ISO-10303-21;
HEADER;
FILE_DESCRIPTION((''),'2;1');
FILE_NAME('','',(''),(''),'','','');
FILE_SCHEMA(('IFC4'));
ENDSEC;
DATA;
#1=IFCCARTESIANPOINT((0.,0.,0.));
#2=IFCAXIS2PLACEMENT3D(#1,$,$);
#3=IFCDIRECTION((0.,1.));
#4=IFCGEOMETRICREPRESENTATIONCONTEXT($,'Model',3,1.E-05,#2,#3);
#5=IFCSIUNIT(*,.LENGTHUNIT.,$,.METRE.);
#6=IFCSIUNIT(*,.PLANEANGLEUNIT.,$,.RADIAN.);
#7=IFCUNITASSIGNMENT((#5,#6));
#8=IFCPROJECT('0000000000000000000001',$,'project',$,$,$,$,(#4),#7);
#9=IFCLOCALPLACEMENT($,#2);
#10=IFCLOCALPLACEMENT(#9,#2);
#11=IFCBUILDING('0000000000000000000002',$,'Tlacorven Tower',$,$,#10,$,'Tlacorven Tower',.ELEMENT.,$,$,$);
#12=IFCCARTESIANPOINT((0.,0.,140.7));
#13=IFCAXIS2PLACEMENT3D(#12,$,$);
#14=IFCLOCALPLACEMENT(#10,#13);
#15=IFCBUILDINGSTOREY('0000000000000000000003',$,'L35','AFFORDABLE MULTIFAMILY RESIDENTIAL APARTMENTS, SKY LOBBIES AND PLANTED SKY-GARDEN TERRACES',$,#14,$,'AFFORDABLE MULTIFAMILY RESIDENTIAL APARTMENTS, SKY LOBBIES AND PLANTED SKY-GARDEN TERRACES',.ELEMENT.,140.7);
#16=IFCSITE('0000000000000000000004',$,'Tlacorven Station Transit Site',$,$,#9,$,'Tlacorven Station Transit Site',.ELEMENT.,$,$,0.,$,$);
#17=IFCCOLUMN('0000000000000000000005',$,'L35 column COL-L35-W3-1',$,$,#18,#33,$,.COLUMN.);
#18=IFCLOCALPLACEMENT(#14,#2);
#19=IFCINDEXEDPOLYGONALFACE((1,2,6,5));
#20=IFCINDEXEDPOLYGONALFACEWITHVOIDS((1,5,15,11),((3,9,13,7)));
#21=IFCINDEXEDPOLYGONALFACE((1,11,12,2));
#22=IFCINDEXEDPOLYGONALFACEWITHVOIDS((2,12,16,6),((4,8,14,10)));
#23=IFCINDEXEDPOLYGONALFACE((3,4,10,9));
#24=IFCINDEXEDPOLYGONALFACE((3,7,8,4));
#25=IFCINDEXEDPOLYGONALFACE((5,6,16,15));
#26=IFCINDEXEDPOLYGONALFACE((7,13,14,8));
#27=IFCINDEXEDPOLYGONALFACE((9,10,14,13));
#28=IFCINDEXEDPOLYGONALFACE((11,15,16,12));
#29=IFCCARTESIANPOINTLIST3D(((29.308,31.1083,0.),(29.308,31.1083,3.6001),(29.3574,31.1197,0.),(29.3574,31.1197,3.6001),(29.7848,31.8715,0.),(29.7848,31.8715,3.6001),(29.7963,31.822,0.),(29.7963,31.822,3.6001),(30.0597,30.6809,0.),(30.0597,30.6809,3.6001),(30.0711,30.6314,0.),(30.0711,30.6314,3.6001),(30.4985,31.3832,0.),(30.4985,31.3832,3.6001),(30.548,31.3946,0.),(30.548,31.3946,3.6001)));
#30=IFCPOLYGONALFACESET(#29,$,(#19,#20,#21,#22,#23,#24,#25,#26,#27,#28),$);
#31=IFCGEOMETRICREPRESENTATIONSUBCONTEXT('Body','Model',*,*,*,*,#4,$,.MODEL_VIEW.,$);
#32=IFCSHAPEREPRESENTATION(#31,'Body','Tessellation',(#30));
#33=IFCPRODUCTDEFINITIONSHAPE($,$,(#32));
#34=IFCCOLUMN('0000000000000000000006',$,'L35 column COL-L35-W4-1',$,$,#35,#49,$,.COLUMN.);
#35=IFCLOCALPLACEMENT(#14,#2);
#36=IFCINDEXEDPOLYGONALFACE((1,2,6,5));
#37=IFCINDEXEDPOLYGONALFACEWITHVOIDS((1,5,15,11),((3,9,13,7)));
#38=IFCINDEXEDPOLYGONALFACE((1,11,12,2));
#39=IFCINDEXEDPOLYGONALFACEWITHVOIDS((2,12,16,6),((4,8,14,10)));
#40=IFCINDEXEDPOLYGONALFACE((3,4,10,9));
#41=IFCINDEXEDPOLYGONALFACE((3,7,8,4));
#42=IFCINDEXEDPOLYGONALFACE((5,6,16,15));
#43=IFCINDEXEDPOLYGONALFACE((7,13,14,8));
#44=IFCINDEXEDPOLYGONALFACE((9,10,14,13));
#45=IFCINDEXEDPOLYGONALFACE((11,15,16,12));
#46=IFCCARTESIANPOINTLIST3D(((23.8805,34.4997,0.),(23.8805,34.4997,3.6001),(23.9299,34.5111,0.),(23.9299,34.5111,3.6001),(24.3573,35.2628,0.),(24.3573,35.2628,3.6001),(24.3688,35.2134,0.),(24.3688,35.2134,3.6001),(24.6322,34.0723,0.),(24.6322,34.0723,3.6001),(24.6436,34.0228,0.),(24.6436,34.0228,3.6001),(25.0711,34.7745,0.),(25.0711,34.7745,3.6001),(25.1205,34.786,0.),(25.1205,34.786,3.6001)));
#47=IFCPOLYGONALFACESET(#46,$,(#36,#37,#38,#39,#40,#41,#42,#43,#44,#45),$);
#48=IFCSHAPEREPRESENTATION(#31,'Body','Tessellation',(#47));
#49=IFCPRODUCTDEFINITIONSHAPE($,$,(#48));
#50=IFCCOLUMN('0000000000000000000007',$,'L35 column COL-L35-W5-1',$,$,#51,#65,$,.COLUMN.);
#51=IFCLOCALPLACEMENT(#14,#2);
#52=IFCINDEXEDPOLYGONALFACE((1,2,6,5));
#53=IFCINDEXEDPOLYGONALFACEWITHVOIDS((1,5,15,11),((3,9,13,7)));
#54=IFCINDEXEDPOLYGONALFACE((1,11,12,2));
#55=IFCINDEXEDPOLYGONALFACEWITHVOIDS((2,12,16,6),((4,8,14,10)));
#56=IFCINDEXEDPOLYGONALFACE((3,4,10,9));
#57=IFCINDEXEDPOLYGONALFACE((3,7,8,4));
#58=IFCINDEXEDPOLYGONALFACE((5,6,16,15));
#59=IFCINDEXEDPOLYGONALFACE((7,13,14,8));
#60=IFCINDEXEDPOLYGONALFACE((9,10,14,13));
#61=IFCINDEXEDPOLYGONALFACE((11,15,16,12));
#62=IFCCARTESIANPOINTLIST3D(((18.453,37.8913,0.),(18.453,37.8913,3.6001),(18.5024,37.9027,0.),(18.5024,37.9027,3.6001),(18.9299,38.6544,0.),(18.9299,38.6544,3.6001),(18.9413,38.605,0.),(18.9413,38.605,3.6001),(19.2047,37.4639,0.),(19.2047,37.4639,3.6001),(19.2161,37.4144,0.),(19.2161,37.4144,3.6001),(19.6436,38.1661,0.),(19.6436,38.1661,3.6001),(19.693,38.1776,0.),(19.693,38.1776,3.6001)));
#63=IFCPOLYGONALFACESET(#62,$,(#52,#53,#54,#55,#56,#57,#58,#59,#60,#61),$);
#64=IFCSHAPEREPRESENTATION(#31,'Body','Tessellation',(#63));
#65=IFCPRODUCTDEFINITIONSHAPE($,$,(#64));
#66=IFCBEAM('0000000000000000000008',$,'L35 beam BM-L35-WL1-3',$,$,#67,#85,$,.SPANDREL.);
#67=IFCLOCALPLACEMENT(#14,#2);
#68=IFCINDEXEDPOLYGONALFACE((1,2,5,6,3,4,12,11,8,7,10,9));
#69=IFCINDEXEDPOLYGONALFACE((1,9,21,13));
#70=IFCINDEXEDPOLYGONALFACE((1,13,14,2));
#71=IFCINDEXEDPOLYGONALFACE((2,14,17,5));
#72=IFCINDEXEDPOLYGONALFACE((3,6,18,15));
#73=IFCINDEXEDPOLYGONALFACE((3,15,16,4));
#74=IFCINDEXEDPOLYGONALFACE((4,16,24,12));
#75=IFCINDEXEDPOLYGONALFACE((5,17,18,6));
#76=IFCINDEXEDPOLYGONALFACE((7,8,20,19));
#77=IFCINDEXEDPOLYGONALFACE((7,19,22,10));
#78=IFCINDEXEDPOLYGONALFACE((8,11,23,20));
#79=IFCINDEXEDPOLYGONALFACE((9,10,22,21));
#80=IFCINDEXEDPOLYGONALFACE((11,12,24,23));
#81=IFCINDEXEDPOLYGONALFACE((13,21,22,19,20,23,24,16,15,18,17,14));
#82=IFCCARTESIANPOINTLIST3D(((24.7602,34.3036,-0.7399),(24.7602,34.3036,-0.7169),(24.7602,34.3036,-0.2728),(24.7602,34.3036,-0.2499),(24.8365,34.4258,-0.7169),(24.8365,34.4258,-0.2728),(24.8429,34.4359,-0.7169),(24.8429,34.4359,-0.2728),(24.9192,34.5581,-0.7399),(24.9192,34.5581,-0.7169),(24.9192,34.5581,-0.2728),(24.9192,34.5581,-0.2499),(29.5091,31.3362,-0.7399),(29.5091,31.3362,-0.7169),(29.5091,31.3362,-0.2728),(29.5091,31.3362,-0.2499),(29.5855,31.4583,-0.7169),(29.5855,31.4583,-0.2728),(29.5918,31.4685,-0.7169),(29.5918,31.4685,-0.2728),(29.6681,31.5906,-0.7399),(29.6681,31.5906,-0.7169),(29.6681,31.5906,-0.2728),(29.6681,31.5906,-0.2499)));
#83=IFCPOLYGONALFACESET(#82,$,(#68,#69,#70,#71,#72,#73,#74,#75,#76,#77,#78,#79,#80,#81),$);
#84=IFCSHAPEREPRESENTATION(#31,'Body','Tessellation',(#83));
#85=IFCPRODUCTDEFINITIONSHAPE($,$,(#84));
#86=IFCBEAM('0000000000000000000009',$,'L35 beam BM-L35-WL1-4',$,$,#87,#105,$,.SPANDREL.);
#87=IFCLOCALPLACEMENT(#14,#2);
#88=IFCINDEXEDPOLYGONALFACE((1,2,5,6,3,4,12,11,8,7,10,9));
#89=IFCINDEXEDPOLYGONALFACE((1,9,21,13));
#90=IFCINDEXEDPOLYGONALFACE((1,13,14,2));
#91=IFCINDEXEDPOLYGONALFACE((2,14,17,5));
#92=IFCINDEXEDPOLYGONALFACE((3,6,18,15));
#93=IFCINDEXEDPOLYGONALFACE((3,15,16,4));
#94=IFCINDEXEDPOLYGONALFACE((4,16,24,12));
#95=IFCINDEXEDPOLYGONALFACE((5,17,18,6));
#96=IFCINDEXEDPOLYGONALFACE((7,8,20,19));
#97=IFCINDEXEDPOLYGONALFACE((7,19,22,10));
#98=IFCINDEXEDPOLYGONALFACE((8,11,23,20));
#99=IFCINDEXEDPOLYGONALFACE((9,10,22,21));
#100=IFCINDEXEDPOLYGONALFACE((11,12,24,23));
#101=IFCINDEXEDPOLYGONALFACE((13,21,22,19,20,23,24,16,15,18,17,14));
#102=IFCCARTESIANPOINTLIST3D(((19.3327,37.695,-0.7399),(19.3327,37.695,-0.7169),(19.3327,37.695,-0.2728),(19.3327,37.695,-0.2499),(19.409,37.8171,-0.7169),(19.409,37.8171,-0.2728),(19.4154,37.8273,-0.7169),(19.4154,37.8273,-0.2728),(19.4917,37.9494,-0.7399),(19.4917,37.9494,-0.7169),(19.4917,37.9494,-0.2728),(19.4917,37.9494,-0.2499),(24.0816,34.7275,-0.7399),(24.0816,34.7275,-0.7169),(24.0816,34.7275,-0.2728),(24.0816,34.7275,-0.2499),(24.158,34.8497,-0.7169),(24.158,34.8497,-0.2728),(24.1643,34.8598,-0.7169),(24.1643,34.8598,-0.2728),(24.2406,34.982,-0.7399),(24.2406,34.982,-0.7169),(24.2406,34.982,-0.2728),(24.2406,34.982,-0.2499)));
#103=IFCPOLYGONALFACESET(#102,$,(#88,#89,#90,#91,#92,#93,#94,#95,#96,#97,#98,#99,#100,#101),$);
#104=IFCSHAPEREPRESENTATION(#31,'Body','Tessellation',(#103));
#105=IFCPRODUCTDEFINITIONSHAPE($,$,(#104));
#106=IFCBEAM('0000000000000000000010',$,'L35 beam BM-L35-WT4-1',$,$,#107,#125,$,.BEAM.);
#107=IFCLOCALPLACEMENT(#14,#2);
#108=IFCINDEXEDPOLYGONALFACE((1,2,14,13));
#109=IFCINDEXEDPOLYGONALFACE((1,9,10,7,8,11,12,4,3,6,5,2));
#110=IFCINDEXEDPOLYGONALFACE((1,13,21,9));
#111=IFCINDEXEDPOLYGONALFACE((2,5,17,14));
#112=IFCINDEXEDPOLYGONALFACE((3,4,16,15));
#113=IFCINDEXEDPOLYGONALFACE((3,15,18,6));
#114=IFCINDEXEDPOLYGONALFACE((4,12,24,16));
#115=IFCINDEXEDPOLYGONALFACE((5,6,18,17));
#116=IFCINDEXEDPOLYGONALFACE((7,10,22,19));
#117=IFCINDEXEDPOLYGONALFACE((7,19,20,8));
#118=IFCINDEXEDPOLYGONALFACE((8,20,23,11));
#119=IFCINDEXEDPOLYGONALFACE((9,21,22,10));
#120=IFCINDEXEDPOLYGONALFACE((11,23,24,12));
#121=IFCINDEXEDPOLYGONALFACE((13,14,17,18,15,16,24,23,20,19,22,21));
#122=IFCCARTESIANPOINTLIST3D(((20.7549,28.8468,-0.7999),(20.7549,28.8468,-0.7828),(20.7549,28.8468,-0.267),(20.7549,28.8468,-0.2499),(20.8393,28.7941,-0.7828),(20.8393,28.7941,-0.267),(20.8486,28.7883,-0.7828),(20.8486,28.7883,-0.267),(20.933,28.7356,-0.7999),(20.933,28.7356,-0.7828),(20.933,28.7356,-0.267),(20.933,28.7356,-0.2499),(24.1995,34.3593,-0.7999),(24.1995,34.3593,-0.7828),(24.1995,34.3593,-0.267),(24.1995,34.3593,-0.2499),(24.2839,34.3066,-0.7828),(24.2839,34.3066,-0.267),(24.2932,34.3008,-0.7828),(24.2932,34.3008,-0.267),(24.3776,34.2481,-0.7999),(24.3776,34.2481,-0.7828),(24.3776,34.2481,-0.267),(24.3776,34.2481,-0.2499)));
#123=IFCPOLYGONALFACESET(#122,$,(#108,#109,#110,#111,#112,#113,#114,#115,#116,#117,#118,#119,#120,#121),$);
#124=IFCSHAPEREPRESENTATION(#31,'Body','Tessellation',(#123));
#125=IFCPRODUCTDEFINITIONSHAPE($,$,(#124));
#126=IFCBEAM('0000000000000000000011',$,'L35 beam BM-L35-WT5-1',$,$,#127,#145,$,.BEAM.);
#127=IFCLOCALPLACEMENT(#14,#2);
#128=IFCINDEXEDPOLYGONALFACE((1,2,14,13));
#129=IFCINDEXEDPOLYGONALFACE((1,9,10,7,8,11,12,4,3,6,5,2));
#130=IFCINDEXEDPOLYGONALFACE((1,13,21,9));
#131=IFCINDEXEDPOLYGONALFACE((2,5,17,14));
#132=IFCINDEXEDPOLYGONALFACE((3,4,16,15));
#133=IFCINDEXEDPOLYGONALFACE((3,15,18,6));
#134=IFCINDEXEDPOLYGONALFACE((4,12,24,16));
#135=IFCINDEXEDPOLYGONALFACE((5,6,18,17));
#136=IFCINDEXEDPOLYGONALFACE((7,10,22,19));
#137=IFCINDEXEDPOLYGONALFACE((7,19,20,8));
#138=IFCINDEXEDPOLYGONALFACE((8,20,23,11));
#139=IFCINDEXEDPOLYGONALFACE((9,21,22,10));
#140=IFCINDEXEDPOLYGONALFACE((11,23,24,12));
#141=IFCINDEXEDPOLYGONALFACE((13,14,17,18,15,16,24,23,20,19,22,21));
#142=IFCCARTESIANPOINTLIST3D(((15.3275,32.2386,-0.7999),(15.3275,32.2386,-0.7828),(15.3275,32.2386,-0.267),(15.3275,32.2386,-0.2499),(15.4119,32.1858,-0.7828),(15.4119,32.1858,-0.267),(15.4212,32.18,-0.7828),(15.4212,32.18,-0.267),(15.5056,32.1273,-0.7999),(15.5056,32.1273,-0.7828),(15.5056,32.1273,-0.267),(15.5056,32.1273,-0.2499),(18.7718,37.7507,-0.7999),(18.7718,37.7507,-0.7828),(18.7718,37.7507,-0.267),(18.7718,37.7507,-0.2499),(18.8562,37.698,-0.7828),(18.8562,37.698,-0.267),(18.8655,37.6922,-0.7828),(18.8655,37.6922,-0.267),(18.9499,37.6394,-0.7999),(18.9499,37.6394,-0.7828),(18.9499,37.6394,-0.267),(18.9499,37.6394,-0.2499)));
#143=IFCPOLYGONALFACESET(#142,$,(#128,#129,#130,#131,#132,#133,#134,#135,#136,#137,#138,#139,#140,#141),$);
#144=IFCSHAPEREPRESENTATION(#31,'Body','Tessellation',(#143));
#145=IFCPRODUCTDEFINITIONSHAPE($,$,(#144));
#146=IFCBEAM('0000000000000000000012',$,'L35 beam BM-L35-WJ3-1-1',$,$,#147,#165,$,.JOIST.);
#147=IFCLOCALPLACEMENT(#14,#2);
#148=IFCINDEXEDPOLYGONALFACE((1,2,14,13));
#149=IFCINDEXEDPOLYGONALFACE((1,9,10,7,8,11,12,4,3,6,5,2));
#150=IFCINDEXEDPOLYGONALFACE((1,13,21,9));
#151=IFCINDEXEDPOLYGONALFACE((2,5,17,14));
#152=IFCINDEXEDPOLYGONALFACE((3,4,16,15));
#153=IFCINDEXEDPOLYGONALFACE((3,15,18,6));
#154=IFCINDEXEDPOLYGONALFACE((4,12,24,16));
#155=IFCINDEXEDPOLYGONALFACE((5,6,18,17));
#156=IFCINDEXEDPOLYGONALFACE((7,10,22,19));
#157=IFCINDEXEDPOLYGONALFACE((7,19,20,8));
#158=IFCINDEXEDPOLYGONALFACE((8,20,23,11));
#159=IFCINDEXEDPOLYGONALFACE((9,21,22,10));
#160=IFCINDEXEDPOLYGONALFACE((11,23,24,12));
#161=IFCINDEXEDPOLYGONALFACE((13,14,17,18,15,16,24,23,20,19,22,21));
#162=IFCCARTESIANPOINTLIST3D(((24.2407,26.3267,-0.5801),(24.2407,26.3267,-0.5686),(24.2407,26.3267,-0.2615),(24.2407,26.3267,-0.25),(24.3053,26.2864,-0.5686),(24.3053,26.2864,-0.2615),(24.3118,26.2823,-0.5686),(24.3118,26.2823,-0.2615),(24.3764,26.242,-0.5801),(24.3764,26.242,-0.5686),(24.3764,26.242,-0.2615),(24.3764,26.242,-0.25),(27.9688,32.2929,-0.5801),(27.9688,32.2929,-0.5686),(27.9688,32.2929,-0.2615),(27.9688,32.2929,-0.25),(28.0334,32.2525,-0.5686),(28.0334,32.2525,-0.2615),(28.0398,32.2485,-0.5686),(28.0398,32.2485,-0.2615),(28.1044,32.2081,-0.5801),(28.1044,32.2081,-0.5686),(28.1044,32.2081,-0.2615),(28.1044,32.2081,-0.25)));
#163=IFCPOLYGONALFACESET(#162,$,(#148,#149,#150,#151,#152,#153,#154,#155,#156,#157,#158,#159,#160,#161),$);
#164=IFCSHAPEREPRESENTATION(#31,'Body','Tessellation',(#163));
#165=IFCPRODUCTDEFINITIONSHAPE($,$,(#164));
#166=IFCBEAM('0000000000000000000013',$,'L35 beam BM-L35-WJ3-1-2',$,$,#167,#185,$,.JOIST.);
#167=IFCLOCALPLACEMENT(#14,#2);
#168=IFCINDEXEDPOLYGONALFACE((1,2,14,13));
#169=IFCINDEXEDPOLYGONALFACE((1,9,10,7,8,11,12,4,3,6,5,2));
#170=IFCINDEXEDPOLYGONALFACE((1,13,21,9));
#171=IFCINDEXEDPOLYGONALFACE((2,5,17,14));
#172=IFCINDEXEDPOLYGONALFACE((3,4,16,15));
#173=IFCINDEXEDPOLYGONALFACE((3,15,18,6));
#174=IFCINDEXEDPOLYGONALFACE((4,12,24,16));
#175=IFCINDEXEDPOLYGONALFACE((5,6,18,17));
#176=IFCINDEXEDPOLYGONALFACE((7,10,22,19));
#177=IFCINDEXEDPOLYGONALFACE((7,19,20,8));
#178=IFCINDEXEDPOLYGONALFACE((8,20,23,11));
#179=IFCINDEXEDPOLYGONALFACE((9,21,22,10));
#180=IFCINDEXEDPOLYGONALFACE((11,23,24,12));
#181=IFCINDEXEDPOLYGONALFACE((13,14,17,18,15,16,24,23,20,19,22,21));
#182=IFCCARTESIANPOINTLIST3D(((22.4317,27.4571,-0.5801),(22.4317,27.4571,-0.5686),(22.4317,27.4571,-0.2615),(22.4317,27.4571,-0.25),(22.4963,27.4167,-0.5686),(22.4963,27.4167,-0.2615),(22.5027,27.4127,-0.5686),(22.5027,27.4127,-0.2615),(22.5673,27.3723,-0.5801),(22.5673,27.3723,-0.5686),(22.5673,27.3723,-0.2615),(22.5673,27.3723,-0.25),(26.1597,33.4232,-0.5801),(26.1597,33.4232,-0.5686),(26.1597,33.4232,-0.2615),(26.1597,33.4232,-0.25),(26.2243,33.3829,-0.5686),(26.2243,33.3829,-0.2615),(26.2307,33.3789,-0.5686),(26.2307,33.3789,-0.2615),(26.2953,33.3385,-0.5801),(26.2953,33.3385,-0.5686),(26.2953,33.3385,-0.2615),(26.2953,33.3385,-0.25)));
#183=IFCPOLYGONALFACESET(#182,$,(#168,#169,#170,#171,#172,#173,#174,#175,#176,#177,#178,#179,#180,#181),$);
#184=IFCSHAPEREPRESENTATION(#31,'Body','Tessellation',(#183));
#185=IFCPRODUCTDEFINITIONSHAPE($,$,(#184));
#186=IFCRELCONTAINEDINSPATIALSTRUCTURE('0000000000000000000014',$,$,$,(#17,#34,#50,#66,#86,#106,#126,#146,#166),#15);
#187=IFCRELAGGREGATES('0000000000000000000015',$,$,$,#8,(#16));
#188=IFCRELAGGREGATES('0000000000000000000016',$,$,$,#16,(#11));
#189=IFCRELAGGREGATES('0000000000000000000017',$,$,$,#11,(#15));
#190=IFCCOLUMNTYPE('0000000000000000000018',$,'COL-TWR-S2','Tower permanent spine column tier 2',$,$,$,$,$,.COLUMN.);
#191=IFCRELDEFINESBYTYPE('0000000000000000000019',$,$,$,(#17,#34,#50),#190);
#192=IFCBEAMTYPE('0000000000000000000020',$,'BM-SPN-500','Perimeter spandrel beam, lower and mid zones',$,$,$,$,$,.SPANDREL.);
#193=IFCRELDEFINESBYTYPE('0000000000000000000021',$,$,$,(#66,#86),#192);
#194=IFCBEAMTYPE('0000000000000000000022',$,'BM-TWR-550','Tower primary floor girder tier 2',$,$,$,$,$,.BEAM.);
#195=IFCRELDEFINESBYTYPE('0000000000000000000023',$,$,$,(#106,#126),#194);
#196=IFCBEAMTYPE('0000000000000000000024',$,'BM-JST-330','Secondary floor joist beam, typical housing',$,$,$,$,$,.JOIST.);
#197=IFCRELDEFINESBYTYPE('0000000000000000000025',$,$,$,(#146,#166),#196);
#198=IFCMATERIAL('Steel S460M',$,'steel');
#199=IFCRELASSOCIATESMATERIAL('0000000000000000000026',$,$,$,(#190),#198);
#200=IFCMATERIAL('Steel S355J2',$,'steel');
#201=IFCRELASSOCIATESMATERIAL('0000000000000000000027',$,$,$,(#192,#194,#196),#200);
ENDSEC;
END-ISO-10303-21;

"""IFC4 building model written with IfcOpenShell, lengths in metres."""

from ifc_helpers import new_model, si_unit, direction, frame, origin, origin_2d, place, context, subcontext, project, spatial, hollow_rectangle, i_section, extrude, source, transform, mapped, material, material_profile, profile_set, type_object, element, save


model = new_model("IFC4")

# Units and contexts
model_context = context("Model", 3, precision=1e-05, world=origin(), true_north=direction((0.0, 1.0)))
body_context = subcontext(model_context, "Body", "Model", "MODEL_VIEW")
ifc_project = project(units=[si_unit("LENGTHUNIT", "METRE"), si_unit("PLANEANGLEUNIT", "RADIAN")], contexts=[model_context])

# Site, building, storey
site_placement = place(None, origin())
site = spatial("IfcSite", under=ifc_project, at=site_placement, Name="Tlacorven Station Transit Site", LongName="Tlacorven Station Transit Site", CompositionType="ELEMENT", RefElevation=0.0)
building_placement = place(site_placement, origin())
building = spatial("IfcBuilding", under=site, at=building_placement, Name="Tlacorven Tower", LongName="Tlacorven Tower", CompositionType="ELEMENT")
storey_placement = place(building_placement, frame((0.0, 0.0, 140.7)))
storey = spatial("IfcBuildingStorey", under=building, at=storey_placement, Name="L35", Description="AFFORDABLE MULTIFAMILY RESIDENTIAL APARTMENTS, SKY LOBBIES AND PLANTED SKY-GARDEN TERRACES", LongName="AFFORDABLE MULTIFAMILY RESIDENTIAL APARTMENTS, SKY LOBBIES AND PLANTED SKY-GARDEN TERRACES", CompositionType="ELEMENT", Elevation=140.7)

# Columns
ifc_material_1 = material(Name="Steel S460M", Category="steel")
ifc_material_profile_1 = material_profile(ifc_material_1, hollow_rectangle(XDim=0.8999, YDim=0.8999, WallThickness=0.0359, at=origin_2d()), Name="BOX 900X900X36")
ifc_profile_set_1 = profile_set([ifc_material_profile_1], Name="Steel S460M")
column_type = type_object("IfcColumnType", Name="COL-TWR-S2", Description="Tower permanent spine column tier 2", PredefinedType="COLUMN", material=ifc_profile_set_1)
shared_shape_1 = source(origin(), body_context, "Body", "SweptSolid", [
    extrude(hollow_rectangle(XDim=0.8999, YDim=0.8999, WallThickness=0.0359, at=origin_2d()), origin(), (0.0, 0.0, 1.0), 3.6001),
])
for number, where, z_axis, x_axis, name in (
    (1, (29.928, 31.2515, 0.0), (0.0, 0.0, 1.0), (-0.848048, 0.529919, 0.0), "L35 column COL-L35-W3-1"),
    (2, (24.5005, 34.6428, 0.0), (0.0, 0.0, 1.0), (-0.848048, 0.529919, 0.0), "L35 column COL-L35-W4-1"),
    (3, (19.073, 38.0344, 0.0), (0.0, 0.0, 1.0), (-0.848048, 0.529919, 0.0), "L35 column COL-L35-W5-1"),
):
    element("IfcColumn", number, at=place(storey_placement, frame(where, z_axis=z_axis, x_axis=x_axis)), inside=storey, type_object=column_type, Name=name, PredefinedType="COLUMN", context=body_context, shape_type="MappedRepresentation", body=[
        mapped(shared_shape_1, transform((0.0, 0.0, 0.0), scale=1.0)),
    ])

# Beams
ifc_material_2 = material(Name="Steel S355J2", Category="steel")
ifc_material_profile_2 = material_profile(ifc_material_2, i_section(OverallWidth=0.3, OverallDepth=0.49, WebThickness=0.012, FlangeThickness=0.0229, at=origin_2d()), Name="HEA 500")
ifc_profile_set_2 = profile_set([ifc_material_profile_2], Name="Steel S355J2")
beam_type_1 = type_object("IfcBeamType", Name="BM-SPN-500", Description="Perimeter spandrel beam, lower and mid zones", PredefinedType="SPANDREL", material=ifc_profile_set_2)
shared_shape_2 = source(origin(), body_context, "Body", "SweptSolid", [
    extrude(i_section(OverallWidth=0.3, OverallDepth=0.49, WebThickness=0.012, FlangeThickness=0.0229, at=origin_2d()), origin(), (0.0, 0.0, 1.0), 5.5999),
])
for number, where, z_axis, x_axis, name in (
    (4, (29.5886, 31.4634, -0.4949), (-0.848047, 0.529921, 0.0), (-0.529921, -0.848047, 0.0), "L35 beam BM-L35-WL1-3"),
    (5, (24.1611, 34.8547, -0.4949), (-0.848047, 0.529921, 0.0), (-0.529921, -0.848047, 0.0), "L35 beam BM-L35-WL1-4"),
):
    element("IfcBeam", number, at=place(storey_placement, frame(where, z_axis=z_axis, x_axis=x_axis)), inside=storey, type_object=beam_type_1, Name=name, PredefinedType="SPANDREL", context=body_context, shape_type="MappedRepresentation", body=[
        mapped(shared_shape_2, transform((0.0, 0.0, 0.0), scale=1.0)),
    ])
ifc_material_profile_3 = material_profile(ifc_material_2, i_section(OverallWidth=0.21, OverallDepth=0.55, WebThickness=0.011, FlangeThickness=0.0171, at=origin_2d()), Name="IPE 550")
ifc_profile_set_3 = profile_set([ifc_material_profile_3], Name="Steel S355J2")
beam_type_2 = type_object("IfcBeamType", Name="BM-TWR-550", Description="Tower primary floor girder tier 2", PredefinedType="BEAM", material=ifc_profile_set_3)
shared_shape_3 = source(origin(), body_context, "Body", "SweptSolid", [
    extrude(i_section(OverallWidth=0.21, OverallDepth=0.55, WebThickness=0.011, FlangeThickness=0.0171, at=origin_2d()), origin(), (0.0, 0.0, 1.0), 6.5002),
])
beam_1_placement = place(storey_placement, frame((24.2886, 34.3037, -0.5249), z_axis=(-0.529921, -0.848047, 0.0), x_axis=(0.848047, -0.529921, 0.0)))
element("IfcBeam", 6, at=beam_1_placement, inside=storey, type_object=beam_type_2, Name="L35 beam BM-L35-WT4-1", PredefinedType="BEAM", context=body_context, shape_type="MappedRepresentation", body=[
    mapped(shared_shape_3, transform((0.0, 0.0, 0.0), scale=1.0)),
])
shared_shape_4 = source(origin(), body_context, "Body", "SweptSolid", [
    extrude(i_section(OverallWidth=0.21, OverallDepth=0.55, WebThickness=0.011, FlangeThickness=0.0171, at=origin_2d()), origin(), (0.0, 0.0, 1.0), 6.4998),
])
beam_2_placement = place(storey_placement, frame((18.8608, 37.6951, -0.5249), z_axis=(-0.529911, -0.848053, 0.0), x_axis=(0.848053, -0.529911, 0.0)))
element("IfcBeam", 7, at=beam_2_placement, inside=storey, type_object=beam_type_2, Name="L35 beam BM-L35-WT5-1", PredefinedType="BEAM", context=body_context, shape_type="MappedRepresentation", body=[
    mapped(shared_shape_4, transform((0.0, 0.0, 0.0), scale=1.0)),
])
ifc_material_profile_4 = material_profile(ifc_material_2, i_section(OverallWidth=0.1599, OverallDepth=0.3301, WebThickness=0.0076, FlangeThickness=0.0115, at=origin_2d()), Name="IPE 330")
ifc_profile_set_4 = profile_set([ifc_material_profile_4], Name="Steel S355J2")
beam_type_3 = type_object("IfcBeamType", Name="BM-JST-330", Description="Secondary floor joist beam, typical housing", PredefinedType="JOIST", material=ifc_profile_set_4)
shared_shape_5 = source(origin(), body_context, "Body", "SweptSolid", [
    extrude(i_section(OverallWidth=0.1599, OverallDepth=0.3301, WebThickness=0.0076, FlangeThickness=0.0115, at=origin_2d()), origin(), (0.0, 0.0, 1.0), 7.0352),
])
for number, where, z_axis, x_axis, name in (
    (8, (28.0366, 32.2505, -0.415), (-0.529921, -0.848047, 0.0), (0.848047, -0.529921, 0.0), "L35 beam BM-L35-WJ3-1-1"),
    (9, (26.2275, 33.3809, -0.415), (-0.529921, -0.848047, 0.0), (0.848047, -0.529921, 0.0), "L35 beam BM-L35-WJ3-1-2"),
):
    element("IfcBeam", number, at=place(storey_placement, frame(where, z_axis=z_axis, x_axis=x_axis)), inside=storey, type_object=beam_type_3, Name=name, PredefinedType="JOIST", context=body_context, shape_type="MappedRepresentation", body=[
        mapped(shared_shape_5, transform((0.0, 0.0, 0.0), scale=1.0)),
    ])

save(model, "model.ifc")
